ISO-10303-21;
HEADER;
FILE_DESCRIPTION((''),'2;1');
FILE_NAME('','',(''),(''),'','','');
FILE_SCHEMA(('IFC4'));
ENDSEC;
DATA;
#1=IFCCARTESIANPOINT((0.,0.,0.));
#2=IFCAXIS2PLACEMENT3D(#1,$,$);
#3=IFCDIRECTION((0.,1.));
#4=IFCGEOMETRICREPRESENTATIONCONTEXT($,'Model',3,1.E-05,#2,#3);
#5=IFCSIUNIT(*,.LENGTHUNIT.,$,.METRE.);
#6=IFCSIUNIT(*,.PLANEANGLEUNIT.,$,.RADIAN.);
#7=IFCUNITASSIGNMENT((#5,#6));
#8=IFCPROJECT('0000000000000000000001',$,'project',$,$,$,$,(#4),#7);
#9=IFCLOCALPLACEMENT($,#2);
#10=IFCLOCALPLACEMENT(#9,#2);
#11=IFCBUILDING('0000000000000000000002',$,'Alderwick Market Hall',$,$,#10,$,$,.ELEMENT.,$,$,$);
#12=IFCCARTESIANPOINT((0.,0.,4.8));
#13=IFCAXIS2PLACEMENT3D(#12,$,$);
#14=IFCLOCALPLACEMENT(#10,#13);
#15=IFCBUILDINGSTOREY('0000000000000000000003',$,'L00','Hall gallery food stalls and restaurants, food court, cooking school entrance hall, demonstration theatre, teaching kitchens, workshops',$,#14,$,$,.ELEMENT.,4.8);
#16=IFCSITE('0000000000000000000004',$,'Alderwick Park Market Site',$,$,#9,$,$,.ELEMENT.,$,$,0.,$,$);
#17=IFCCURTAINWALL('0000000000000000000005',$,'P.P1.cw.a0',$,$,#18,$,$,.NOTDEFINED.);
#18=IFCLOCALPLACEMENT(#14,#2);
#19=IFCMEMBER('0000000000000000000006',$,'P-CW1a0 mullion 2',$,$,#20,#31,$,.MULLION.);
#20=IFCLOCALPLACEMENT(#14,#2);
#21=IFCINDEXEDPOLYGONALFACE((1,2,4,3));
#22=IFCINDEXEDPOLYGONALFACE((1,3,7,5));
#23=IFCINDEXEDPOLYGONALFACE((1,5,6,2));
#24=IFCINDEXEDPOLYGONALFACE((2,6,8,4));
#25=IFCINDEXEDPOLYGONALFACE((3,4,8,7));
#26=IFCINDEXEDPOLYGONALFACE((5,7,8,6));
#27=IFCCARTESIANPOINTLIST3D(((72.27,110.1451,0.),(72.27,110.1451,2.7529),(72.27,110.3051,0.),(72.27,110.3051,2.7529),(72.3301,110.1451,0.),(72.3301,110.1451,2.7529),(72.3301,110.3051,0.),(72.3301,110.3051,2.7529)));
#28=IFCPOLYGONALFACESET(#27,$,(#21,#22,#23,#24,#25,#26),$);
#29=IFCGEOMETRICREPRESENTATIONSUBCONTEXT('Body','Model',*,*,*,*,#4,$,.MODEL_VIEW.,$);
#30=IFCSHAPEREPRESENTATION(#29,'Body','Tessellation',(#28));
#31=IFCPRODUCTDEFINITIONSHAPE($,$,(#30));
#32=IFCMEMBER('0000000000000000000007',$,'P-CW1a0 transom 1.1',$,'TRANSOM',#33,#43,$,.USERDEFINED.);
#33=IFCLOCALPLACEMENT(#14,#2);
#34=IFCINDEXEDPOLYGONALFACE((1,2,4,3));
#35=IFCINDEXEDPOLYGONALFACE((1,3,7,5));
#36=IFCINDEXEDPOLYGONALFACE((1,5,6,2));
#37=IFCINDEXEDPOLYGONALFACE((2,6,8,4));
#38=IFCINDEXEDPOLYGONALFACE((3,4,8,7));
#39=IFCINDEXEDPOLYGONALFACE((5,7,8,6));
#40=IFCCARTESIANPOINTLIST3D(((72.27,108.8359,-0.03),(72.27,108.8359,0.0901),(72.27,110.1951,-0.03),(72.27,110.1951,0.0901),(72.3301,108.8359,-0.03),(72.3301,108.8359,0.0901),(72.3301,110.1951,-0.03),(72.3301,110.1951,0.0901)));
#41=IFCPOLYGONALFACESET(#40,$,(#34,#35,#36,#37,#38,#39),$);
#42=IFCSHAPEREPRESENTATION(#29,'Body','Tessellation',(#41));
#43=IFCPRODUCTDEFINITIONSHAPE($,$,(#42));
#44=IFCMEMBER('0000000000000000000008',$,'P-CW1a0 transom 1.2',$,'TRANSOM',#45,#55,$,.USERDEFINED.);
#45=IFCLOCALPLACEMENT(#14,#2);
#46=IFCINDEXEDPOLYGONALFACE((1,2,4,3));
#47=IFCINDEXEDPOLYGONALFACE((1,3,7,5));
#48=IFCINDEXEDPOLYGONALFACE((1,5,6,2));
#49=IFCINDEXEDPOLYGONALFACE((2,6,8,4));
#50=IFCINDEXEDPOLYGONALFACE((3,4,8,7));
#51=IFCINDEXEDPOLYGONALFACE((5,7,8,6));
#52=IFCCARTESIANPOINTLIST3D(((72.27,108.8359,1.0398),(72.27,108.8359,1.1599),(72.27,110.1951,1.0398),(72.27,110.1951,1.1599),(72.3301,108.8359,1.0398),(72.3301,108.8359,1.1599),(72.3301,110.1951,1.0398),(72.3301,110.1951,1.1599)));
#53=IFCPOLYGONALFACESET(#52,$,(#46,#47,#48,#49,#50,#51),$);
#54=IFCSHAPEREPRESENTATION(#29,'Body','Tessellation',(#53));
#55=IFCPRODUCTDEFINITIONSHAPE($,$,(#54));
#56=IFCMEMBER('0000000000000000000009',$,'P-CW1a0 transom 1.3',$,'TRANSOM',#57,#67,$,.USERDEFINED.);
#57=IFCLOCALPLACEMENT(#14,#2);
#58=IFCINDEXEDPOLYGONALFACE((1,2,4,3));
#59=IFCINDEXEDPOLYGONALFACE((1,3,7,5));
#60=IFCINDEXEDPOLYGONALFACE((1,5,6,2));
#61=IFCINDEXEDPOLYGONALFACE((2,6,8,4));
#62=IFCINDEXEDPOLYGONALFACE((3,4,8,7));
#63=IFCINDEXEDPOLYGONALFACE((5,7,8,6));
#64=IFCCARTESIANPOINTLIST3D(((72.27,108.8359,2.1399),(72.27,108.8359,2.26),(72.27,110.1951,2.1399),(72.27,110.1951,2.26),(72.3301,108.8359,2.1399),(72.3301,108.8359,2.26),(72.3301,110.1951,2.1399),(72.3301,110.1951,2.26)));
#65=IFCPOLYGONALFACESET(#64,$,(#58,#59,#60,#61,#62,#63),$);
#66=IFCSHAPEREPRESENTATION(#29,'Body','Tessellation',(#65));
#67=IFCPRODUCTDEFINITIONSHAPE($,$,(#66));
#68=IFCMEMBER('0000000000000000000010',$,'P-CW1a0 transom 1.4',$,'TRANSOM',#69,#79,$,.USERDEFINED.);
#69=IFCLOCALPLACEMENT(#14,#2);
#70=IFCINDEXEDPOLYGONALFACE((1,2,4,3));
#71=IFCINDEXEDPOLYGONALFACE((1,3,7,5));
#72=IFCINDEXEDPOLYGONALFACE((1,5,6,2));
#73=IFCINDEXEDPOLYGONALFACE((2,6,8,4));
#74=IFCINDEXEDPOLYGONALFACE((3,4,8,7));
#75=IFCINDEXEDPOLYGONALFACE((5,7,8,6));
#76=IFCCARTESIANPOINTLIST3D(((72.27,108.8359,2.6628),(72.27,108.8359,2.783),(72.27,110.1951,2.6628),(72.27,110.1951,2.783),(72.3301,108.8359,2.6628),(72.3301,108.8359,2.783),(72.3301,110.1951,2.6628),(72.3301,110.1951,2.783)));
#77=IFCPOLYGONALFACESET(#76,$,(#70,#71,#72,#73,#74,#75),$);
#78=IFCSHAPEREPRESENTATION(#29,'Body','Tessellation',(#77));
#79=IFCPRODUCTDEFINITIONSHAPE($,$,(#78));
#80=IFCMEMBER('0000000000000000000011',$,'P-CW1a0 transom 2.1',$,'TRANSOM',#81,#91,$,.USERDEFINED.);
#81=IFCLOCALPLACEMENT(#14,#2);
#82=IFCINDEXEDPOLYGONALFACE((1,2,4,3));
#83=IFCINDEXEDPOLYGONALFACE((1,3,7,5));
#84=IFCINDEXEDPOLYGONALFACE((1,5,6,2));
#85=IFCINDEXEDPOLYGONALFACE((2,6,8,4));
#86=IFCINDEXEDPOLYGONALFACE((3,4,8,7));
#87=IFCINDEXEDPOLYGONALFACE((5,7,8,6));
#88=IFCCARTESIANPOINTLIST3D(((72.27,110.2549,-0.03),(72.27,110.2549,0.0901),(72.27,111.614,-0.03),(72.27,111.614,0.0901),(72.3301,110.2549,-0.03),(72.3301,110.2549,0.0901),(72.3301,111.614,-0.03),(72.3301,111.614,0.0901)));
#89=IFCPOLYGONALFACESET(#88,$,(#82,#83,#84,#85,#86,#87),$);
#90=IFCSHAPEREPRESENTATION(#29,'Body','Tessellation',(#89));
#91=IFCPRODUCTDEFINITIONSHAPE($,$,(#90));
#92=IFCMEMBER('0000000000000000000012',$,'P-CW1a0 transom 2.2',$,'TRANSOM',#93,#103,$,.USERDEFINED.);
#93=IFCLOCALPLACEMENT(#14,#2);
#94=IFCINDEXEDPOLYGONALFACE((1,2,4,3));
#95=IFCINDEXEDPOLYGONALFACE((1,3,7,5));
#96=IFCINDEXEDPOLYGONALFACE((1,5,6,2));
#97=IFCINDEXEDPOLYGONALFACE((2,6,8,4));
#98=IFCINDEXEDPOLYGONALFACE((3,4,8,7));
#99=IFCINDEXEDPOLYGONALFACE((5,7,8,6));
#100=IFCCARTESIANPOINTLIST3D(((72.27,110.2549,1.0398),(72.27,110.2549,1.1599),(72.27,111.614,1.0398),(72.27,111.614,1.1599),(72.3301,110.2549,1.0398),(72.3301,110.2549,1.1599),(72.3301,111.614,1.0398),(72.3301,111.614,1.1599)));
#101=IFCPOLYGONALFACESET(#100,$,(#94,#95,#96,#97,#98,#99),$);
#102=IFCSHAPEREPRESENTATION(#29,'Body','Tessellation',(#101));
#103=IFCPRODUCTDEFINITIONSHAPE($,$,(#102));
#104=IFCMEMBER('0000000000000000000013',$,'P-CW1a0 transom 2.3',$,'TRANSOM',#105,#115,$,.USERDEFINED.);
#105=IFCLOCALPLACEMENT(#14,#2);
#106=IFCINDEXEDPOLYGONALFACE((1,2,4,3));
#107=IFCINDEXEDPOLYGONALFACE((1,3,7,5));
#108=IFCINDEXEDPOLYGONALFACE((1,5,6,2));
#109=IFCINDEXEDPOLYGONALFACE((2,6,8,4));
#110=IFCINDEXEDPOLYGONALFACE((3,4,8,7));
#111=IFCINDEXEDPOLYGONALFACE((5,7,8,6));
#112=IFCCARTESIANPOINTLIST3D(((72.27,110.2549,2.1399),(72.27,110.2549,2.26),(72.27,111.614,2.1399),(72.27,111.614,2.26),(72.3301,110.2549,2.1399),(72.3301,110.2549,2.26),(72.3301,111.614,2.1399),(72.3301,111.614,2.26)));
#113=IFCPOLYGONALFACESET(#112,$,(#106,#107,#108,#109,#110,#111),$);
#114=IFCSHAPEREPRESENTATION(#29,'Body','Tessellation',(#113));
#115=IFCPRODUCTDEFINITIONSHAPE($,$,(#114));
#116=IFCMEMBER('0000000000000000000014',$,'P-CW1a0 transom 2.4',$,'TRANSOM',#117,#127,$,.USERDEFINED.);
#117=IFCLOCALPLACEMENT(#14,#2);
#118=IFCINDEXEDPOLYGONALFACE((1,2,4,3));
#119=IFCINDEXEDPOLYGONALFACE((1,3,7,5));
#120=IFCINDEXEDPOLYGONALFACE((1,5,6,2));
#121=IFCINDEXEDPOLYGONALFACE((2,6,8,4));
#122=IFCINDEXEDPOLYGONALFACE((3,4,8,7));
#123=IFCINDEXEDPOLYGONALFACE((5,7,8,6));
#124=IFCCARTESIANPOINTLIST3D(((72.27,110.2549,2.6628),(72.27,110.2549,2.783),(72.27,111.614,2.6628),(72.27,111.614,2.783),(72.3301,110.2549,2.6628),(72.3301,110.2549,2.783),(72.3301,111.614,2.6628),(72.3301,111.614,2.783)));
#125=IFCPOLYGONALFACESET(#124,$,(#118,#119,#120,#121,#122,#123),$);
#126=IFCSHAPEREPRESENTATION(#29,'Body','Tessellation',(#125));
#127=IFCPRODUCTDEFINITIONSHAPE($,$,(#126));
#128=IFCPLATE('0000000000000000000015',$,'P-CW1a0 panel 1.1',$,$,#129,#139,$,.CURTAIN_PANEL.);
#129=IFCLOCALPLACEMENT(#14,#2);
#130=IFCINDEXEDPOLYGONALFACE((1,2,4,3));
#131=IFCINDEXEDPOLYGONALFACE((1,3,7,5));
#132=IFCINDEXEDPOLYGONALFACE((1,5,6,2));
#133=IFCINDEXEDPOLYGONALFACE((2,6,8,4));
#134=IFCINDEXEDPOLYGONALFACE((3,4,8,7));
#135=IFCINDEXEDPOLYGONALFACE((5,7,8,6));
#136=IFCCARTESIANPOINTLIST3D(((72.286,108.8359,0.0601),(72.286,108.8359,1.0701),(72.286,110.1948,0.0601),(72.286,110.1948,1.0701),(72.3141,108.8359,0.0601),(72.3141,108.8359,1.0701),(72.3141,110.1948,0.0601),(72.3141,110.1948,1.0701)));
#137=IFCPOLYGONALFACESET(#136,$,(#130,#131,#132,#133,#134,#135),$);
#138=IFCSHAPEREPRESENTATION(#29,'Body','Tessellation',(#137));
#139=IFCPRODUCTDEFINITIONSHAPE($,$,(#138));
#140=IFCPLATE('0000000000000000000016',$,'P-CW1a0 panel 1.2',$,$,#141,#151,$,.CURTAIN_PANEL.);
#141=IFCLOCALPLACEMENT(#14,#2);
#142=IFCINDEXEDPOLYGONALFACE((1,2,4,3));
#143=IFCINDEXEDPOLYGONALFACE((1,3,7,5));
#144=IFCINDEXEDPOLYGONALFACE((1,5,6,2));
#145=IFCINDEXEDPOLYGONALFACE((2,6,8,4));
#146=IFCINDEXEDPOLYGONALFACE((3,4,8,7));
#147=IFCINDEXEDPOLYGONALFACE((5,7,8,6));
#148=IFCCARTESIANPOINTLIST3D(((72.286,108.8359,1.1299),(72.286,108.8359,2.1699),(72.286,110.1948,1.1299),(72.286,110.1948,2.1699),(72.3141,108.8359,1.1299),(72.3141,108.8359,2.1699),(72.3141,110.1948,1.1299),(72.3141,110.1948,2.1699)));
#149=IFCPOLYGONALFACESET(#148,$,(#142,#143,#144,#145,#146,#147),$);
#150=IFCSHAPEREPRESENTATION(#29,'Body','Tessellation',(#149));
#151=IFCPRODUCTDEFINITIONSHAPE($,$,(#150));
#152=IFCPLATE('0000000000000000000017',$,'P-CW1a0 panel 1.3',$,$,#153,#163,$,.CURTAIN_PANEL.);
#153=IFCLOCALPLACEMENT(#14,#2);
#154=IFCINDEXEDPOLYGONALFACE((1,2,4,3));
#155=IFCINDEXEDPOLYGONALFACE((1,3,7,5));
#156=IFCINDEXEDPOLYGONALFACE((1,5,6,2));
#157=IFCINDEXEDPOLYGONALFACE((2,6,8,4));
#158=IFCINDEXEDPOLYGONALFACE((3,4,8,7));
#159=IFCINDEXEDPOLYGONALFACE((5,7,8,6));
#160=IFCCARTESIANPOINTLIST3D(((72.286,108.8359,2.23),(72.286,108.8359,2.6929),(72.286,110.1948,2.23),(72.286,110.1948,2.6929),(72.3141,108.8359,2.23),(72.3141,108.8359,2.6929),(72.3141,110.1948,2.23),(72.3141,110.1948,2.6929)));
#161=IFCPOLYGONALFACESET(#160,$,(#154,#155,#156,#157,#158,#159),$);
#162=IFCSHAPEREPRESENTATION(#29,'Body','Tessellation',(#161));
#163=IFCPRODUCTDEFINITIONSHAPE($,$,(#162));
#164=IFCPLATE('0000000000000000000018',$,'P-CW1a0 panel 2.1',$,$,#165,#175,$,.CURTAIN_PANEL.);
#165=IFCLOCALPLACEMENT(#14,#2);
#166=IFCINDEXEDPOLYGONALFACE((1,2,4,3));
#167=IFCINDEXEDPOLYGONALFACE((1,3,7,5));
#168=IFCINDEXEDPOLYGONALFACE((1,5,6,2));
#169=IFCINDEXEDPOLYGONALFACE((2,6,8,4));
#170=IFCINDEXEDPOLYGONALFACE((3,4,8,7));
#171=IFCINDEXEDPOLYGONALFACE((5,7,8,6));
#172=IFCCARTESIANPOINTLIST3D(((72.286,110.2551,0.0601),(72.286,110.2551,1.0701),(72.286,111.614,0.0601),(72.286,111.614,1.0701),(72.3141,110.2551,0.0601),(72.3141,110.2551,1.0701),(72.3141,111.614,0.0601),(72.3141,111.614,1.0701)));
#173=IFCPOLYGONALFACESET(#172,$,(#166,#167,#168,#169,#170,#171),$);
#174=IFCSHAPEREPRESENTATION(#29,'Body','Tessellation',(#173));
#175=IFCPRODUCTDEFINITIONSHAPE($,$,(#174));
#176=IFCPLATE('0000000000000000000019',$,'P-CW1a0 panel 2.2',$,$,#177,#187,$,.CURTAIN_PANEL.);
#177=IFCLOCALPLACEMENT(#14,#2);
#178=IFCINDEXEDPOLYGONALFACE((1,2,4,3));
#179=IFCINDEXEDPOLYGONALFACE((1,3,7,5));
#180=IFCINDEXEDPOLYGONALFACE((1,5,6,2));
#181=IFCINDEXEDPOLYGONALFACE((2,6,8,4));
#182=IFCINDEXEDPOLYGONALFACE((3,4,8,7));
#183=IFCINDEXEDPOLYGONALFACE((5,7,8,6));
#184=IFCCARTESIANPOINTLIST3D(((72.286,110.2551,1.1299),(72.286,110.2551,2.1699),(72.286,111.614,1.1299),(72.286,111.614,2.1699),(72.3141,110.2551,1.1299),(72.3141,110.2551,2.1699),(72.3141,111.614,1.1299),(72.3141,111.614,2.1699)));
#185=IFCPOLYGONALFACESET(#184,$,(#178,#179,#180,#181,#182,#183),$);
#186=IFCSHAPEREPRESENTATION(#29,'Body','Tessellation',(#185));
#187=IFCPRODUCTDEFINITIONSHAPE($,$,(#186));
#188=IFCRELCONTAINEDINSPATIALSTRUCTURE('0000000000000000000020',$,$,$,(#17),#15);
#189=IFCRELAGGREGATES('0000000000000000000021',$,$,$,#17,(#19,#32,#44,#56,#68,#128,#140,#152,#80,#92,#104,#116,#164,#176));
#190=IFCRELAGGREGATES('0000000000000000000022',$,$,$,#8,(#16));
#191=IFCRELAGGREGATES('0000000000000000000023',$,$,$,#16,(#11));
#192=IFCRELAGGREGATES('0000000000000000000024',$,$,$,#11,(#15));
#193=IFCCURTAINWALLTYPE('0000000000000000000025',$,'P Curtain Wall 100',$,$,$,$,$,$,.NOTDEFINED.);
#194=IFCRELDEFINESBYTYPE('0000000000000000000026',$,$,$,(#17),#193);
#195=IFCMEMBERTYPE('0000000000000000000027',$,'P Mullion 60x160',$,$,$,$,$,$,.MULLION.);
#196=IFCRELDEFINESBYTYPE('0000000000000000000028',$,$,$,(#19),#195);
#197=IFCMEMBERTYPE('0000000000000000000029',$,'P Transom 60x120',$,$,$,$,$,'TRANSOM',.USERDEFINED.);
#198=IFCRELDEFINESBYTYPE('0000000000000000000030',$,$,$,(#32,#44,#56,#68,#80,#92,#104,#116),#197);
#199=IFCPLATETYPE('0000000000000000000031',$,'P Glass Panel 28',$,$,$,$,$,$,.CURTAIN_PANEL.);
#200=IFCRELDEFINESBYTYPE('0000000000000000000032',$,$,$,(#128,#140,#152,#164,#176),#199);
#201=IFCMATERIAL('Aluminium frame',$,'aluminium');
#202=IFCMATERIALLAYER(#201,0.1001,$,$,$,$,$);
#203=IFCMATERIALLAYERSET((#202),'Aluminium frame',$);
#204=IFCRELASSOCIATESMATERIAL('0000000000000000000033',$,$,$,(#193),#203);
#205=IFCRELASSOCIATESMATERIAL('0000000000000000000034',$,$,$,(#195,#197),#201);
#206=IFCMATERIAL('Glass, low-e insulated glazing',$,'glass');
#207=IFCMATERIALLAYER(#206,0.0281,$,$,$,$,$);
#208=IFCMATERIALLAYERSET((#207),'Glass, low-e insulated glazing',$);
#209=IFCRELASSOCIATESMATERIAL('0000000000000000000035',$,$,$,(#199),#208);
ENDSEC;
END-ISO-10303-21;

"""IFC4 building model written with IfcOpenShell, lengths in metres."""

from ifc_helpers import new_model, si_unit, direction, frame, origin, origin_2d, place, context, subcontext, project, spatial, rectangle, extrude, material, layer, layer_set, material_profile, profile_set, type_object, element, aggregate, save


model = new_model("IFC4")

# Units and contexts
model_context = context("Model", 3, precision=1e-05, world=origin(), true_north=direction((0.0, 1.0)))
body_context = subcontext(model_context, "Body", "Model", "MODEL_VIEW")
ifc_project = project(units=[si_unit("LENGTHUNIT", "METRE"), si_unit("PLANEANGLEUNIT", "RADIAN")], contexts=[model_context])

# Site, building, storey
site_placement = place(None, origin())
site = spatial("IfcSite", under=ifc_project, at=site_placement, Name="Alderwick Park Market Site", CompositionType="ELEMENT", RefElevation=0.0)
building_placement = place(site_placement, origin())
building = spatial("IfcBuilding", under=site, at=building_placement, Name="Alderwick Market Hall", CompositionType="ELEMENT")
storey_placement = place(building_placement, frame((0.0, 0.0, 4.8)))
storey = spatial("IfcBuildingStorey", under=building, at=storey_placement, Name="L00", Description="Hall gallery food stalls and restaurants, food court, cooking school entrance hall, demonstration theatre, teaching kitchens, workshops", CompositionType="ELEMENT", Elevation=4.8)

# Curtain wall, members, plates
ifc_material_1 = material(Name="Aluminium frame", Category="aluminium")
ifc_layer_1 = layer(ifc_material_1, 0.1001)
ifc_layer_set_1 = layer_set([ifc_layer_1], Name="Aluminium frame")
curtain_wall_type = type_object("IfcCurtainWallType", Name="P Curtain Wall 100", PredefinedType="NOTDEFINED", material=ifc_layer_set_1)
curtain_wall_placement = place(storey_placement, origin())
curtain_wall = element("IfcCurtainWall", 1, at=curtain_wall_placement, inside=storey, type_object=curtain_wall_type, Name="P.P1.cw.a0", PredefinedType="NOTDEFINED")
ifc_material_profile_1 = material_profile(ifc_material_1, rectangle(XDim=0.0601, YDim=0.1599, at=origin_2d()), Name="P Mullion 60x160")
ifc_profile_set_1 = profile_set([ifc_material_profile_1], Name="Aluminium frame")
member_type_1 = type_object("IfcMemberType", Name="P Mullion 60x160", PredefinedType="MULLION", material=ifc_profile_set_1)
member_1_placement = place(storey_placement, frame((72.3, 110.2251, 0.0), z_axis=(0.0, 0.0, 1.0), x_axis=(-1.0, 0.0, 0.0)))
member_1 = element("IfcMember", 2, at=member_1_placement, type_object=member_type_1, Name="P-CW1a0 mullion 2", PredefinedType="MULLION", context=body_context, shape_type="SweptSolid", body=[
    extrude(rectangle(XDim=0.0601, YDim=0.1599, at=origin_2d()), origin(), (0.0, 0.0, 1.0), 2.7529),
])
ifc_material_profile_2 = material_profile(ifc_material_1, rectangle(XDim=0.0601, YDim=0.1201, at=origin_2d()), Name="P Transom 60x120")
ifc_profile_set_2 = profile_set([ifc_material_profile_2], Name="Aluminium frame")
member_type_2 = type_object("IfcMemberType", Name="P Transom 60x120", ElementType="TRANSOM", PredefinedType="USERDEFINED", material=ifc_profile_set_2)
member_2_placement = place(storey_placement, frame((72.3, 108.8359, 0.03), z_axis=(0.0, 1.0, 0.0), x_axis=(-1.0, 0.0, 0.0)))
member_2 = element("IfcMember", 3, at=member_2_placement, type_object=member_type_2, Name="P-CW1a0 transom 1.1", ObjectType="TRANSOM", PredefinedType="USERDEFINED", context=body_context, shape_type="SweptSolid", body=[
    extrude(rectangle(XDim=0.0601, YDim=0.1201, at=origin_2d()), origin(), (0.0, 0.0, 1.0), 1.3591),
])
member_3_placement = place(storey_placement, frame((72.3, 108.8359, 1.0999), z_axis=(0.0, 1.0, 0.0), x_axis=(-1.0, 0.0, 0.0)))
member_3 = element("IfcMember", 4, at=member_3_placement, type_object=member_type_2, Name="P-CW1a0 transom 1.2", ObjectType="TRANSOM", PredefinedType="USERDEFINED", context=body_context, shape_type="SweptSolid", body=[
    extrude(rectangle(XDim=0.0601, YDim=0.1201, at=origin_2d()), origin(), (0.0, 0.0, 1.0), 1.3591),
])
member_4_placement = place(storey_placement, frame((72.3, 108.8359, 2.2), z_axis=(0.0, 1.0, 0.0), x_axis=(-1.0, 0.0, 0.0)))
member_4 = element("IfcMember", 5, at=member_4_placement, type_object=member_type_2, Name="P-CW1a0 transom 1.3", ObjectType="TRANSOM", PredefinedType="USERDEFINED", context=body_context, shape_type="SweptSolid", body=[
    extrude(rectangle(XDim=0.0601, YDim=0.1201, at=origin_2d()), origin(), (0.0, 0.0, 1.0), 1.3591),
])
member_5_placement = place(storey_placement, frame((72.3, 108.8359, 2.7229), z_axis=(0.0, 1.0, 0.0), x_axis=(-1.0, 0.0, 0.0)))
member_5 = element("IfcMember", 6, at=member_5_placement, type_object=member_type_2, Name="P-CW1a0 transom 1.4", ObjectType="TRANSOM", PredefinedType="USERDEFINED", context=body_context, shape_type="SweptSolid", body=[
    extrude(rectangle(XDim=0.0601, YDim=0.1201, at=origin_2d()), origin(), (0.0, 0.0, 1.0), 1.3591),
])
member_6_placement = place(storey_placement, frame((72.3, 110.2549, 0.03), z_axis=(0.0, 1.0, 0.0), x_axis=(-1.0, 0.0, 0.0)))
member_6 = element("IfcMember", 7, at=member_6_placement, type_object=member_type_2, Name="P-CW1a0 transom 2.1", ObjectType="TRANSOM", PredefinedType="USERDEFINED", context=body_context, shape_type="SweptSolid", body=[
    extrude(rectangle(XDim=0.0601, YDim=0.1201, at=origin_2d()), origin(), (0.0, 0.0, 1.0), 1.3591),
])
member_7_placement = place(storey_placement, frame((72.3, 110.2549, 1.0999), z_axis=(0.0, 1.0, 0.0), x_axis=(-1.0, 0.0, 0.0)))
member_7 = element("IfcMember", 8, at=member_7_placement, type_object=member_type_2, Name="P-CW1a0 transom 2.2", ObjectType="TRANSOM", PredefinedType="USERDEFINED", context=body_context, shape_type="SweptSolid", body=[
    extrude(rectangle(XDim=0.0601, YDim=0.1201, at=origin_2d()), origin(), (0.0, 0.0, 1.0), 1.3591),
])
member_8_placement = place(storey_placement, frame((72.3, 110.2549, 2.2), z_axis=(0.0, 1.0, 0.0), x_axis=(-1.0, 0.0, 0.0)))
member_8 = element("IfcMember", 9, at=member_8_placement, type_object=member_type_2, Name="P-CW1a0 transom 2.3", ObjectType="TRANSOM", PredefinedType="USERDEFINED", context=body_context, shape_type="SweptSolid", body=[
    extrude(rectangle(XDim=0.0601, YDim=0.1201, at=origin_2d()), origin(), (0.0, 0.0, 1.0), 1.3591),
])
member_9_placement = place(storey_placement, frame((72.3, 110.2549, 2.7229), z_axis=(0.0, 1.0, 0.0), x_axis=(-1.0, 0.0, 0.0)))
member_9 = element("IfcMember", 10, at=member_9_placement, type_object=member_type_2, Name="P-CW1a0 transom 2.4", ObjectType="TRANSOM", PredefinedType="USERDEFINED", context=body_context, shape_type="SweptSolid", body=[
    extrude(rectangle(XDim=0.0601, YDim=0.1201, at=origin_2d()), origin(), (0.0, 0.0, 1.0), 1.3591),
])
ifc_material_2 = material(Name="Glass, low-e insulated glazing", Category="glass")
ifc_layer_2 = layer(ifc_material_2, 0.0281)
ifc_layer_set_2 = layer_set([ifc_layer_2], Name="Glass, low-e insulated glazing")
plate_type = type_object("IfcPlateType", Name="P Glass Panel 28", PredefinedType="CURTAIN_PANEL", material=ifc_layer_set_2)
plate_1_placement = place(storey_placement, frame((72.3, 109.5154, 0.0601), z_axis=(0.0, 0.0, 1.0), x_axis=(0.0, 1.0, 0.0)))
plate_1 = element("IfcPlate", 11, at=plate_1_placement, type_object=plate_type, Name="P-CW1a0 panel 1.1", PredefinedType="CURTAIN_PANEL", context=body_context, shape_type="SweptSolid", body=[
    extrude(rectangle(XDim=1.3589, YDim=0.0281, at=origin_2d()), origin(), (0.0, 0.0, 1.0), 1.01),
])
plate_2_placement = place(storey_placement, frame((72.3, 109.5154, 1.1299), z_axis=(0.0, 0.0, 1.0), x_axis=(0.0, 1.0, 0.0)))
plate_2 = element("IfcPlate", 12, at=plate_2_placement, type_object=plate_type, Name="P-CW1a0 panel 1.2", PredefinedType="CURTAIN_PANEL", context=body_context, shape_type="SweptSolid", body=[
    extrude(rectangle(XDim=1.3589, YDim=0.0281, at=origin_2d()), origin(), (0.0, 0.0, 1.0), 1.04),
])
plate_3_placement = place(storey_placement, frame((72.3, 109.5154, 2.23), z_axis=(0.0, 0.0, 1.0), x_axis=(0.0, 1.0, 0.0)))
plate_3 = element("IfcPlate", 13, at=plate_3_placement, type_object=plate_type, Name="P-CW1a0 panel 1.3", PredefinedType="CURTAIN_PANEL", context=body_context, shape_type="SweptSolid", body=[
    extrude(rectangle(XDim=1.3589, YDim=0.0281, at=origin_2d()), origin(), (0.0, 0.0, 1.0), 0.4629),
])
plate_4_placement = place(storey_placement, frame((72.3, 110.9346, 0.0601), z_axis=(0.0, 0.0, 1.0), x_axis=(0.0, 1.0, 0.0)))
plate_4 = element("IfcPlate", 14, at=plate_4_placement, type_object=plate_type, Name="P-CW1a0 panel 2.1", PredefinedType="CURTAIN_PANEL", context=body_context, shape_type="SweptSolid", body=[
    extrude(rectangle(XDim=1.3589, YDim=0.0281, at=origin_2d()), origin(), (0.0, 0.0, 1.0), 1.01),
])
plate_5_placement = place(storey_placement, frame((72.3, 110.9346, 1.1299), z_axis=(0.0, 0.0, 1.0), x_axis=(0.0, 1.0, 0.0)))
plate_5 = element("IfcPlate", 15, at=plate_5_placement, type_object=plate_type, Name="P-CW1a0 panel 2.2", PredefinedType="CURTAIN_PANEL", context=body_context, shape_type="SweptSolid", body=[
    extrude(rectangle(XDim=1.3589, YDim=0.0281, at=origin_2d()), origin(), (0.0, 0.0, 1.0), 1.04),
])
aggregate(curtain_wall, [member_1, member_2, member_3, member_4, member_5, plate_1, plate_2, plate_3, member_6, member_7, member_8, member_9, plate_4, plate_5])

save(model, "model.ifc")
